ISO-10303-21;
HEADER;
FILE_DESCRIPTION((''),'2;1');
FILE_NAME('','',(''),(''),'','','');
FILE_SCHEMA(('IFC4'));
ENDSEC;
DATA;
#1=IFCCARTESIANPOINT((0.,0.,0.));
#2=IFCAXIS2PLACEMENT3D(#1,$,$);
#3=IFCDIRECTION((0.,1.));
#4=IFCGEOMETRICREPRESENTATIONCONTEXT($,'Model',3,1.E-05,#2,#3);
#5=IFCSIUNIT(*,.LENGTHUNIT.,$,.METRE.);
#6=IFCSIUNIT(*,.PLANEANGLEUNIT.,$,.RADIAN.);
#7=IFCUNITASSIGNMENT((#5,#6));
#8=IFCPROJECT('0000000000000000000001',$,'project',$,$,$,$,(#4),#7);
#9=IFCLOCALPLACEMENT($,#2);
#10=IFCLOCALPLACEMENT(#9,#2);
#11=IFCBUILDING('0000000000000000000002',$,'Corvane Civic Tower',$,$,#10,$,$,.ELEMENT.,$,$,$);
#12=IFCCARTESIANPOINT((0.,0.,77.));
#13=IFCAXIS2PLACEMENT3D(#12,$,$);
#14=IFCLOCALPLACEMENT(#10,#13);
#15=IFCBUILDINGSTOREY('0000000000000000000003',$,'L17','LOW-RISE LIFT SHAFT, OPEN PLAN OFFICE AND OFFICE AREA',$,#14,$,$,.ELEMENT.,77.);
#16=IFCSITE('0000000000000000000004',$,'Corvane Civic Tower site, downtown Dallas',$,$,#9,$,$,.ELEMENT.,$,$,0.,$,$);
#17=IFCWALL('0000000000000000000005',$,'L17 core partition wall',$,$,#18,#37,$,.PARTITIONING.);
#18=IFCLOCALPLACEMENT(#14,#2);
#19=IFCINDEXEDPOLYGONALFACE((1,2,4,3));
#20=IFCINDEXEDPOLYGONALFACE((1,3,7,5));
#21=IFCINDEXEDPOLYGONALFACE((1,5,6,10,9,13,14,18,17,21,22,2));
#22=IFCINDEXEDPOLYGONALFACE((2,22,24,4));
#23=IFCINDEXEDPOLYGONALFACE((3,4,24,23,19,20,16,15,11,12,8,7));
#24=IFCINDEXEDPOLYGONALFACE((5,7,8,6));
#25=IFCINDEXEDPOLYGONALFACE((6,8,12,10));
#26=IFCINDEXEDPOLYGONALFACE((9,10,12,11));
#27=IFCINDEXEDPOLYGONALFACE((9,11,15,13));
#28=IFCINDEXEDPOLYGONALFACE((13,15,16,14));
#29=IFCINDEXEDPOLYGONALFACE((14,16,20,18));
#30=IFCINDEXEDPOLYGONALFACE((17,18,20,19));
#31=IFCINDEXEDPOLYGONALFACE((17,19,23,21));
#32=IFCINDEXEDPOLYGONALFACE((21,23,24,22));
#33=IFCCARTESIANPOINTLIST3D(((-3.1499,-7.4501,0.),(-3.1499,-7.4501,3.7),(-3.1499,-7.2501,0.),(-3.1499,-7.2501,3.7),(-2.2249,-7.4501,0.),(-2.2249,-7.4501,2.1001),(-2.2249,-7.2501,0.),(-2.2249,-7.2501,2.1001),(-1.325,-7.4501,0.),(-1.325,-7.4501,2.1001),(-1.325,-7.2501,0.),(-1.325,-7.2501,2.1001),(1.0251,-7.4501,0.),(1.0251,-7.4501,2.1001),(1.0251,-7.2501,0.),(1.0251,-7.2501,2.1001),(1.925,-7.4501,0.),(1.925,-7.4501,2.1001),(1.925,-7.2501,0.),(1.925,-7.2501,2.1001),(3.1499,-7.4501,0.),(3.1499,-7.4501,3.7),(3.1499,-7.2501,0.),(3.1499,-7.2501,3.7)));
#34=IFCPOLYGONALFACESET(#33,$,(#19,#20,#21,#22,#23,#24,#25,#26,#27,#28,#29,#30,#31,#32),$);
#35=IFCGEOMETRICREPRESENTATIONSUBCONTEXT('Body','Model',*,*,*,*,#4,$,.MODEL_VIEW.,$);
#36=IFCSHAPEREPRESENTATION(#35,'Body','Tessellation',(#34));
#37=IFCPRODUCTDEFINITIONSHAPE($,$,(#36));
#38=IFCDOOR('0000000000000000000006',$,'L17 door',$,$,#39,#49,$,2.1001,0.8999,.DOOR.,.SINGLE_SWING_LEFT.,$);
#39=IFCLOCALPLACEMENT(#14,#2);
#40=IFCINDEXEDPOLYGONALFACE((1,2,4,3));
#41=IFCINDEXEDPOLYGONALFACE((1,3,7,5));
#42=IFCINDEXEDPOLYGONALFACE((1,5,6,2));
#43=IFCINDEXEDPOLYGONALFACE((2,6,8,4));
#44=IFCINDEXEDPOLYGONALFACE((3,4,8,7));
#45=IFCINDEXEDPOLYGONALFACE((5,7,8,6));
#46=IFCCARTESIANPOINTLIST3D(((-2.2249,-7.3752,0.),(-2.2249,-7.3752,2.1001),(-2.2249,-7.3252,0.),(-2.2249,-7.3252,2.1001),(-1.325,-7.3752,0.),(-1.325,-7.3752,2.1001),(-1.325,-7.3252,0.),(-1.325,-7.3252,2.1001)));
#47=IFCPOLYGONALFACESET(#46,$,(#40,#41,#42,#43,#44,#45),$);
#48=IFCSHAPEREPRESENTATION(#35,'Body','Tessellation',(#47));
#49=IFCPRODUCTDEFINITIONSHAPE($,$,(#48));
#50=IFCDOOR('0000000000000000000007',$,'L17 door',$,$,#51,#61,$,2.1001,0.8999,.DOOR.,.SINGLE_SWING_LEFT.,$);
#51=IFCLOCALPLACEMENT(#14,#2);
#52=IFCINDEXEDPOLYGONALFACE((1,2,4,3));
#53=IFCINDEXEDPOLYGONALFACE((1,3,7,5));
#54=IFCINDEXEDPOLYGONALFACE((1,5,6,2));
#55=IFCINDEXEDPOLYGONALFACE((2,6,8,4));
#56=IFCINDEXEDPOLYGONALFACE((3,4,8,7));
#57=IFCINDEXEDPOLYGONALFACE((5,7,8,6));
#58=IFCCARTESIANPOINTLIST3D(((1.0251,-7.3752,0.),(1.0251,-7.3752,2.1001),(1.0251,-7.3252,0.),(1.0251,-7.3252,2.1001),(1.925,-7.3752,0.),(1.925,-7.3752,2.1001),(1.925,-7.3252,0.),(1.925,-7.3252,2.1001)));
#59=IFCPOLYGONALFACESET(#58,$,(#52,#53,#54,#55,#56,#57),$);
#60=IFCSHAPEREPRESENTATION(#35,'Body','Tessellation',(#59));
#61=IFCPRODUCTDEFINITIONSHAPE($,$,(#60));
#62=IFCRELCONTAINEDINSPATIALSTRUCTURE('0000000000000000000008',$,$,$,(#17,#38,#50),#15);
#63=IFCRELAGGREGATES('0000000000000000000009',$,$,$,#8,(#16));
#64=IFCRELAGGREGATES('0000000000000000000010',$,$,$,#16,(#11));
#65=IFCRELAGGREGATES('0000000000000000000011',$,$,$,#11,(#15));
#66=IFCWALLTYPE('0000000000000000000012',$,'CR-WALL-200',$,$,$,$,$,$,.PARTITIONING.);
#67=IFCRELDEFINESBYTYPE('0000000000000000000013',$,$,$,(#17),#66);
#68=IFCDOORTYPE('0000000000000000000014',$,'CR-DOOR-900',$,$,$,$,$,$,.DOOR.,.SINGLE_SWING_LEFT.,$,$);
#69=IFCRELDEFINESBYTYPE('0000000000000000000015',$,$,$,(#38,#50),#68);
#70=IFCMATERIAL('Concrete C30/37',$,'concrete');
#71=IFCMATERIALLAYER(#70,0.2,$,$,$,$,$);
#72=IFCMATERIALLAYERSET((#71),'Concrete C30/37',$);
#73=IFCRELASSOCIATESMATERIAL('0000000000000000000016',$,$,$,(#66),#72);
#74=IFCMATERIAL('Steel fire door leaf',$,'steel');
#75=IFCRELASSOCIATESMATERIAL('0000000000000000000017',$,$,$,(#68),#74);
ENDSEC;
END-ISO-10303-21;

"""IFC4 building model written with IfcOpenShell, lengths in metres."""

from ifc_helpers import new_model, si_unit, direction, frame, frame_2d, origin, place, context, subcontext, project, spatial, rectangle, extrude, material, layer, layer_set, type_object, element, fill, save


model = new_model("IFC4")

# Units and contexts
model_context = context("Model", 3, precision=1e-05, world=origin(), true_north=direction((0.0, 1.0)))
body_context = subcontext(model_context, "Body", "Model", "MODEL_VIEW")
ifc_project = project(units=[si_unit("LENGTHUNIT", "METRE"), si_unit("PLANEANGLEUNIT", "RADIAN")], contexts=[model_context])

# Site, building, storey
site_placement = place(None, origin())
site = spatial("IfcSite", under=ifc_project, at=site_placement, Name="Corvane Civic Tower site, downtown Dallas", CompositionType="ELEMENT", RefElevation=0.0)
building_placement = place(site_placement, origin())
building = spatial("IfcBuilding", under=site, at=building_placement, Name="Corvane Civic Tower", CompositionType="ELEMENT")
storey_placement = place(building_placement, frame((0.0, 0.0, 77.0)))
storey = spatial("IfcBuildingStorey", under=building, at=storey_placement, Name="L17", Description="LOW-RISE LIFT SHAFT, OPEN PLAN OFFICE AND OFFICE AREA", CompositionType="ELEMENT", Elevation=77.0)

# Wall, openings, doors
ifc_material_1 = material(Name="Concrete C30/37", Category="concrete")
ifc_layer_1 = layer(ifc_material_1, 0.2)
ifc_layer_set_1 = layer_set([ifc_layer_1], Name="Concrete C30/37")
wall_type_1 = type_object("IfcWallType", Name="CR-WALL-200", PredefinedType="PARTITIONING", material=ifc_layer_set_1)
ifc_material_2 = material(Name="Steel fire door leaf", Category="steel")
door_type_1 = type_object("IfcDoorType", Name="CR-DOOR-900", OperationType="SINGLE_SWING_LEFT", PredefinedType="DOOR", material=ifc_material_2)
wall_1_placement = place(storey_placement, frame((-3.1499, -7.3501, 0.0), z_axis=(0.0, 0.0, 1.0), x_axis=(1.0, 0.0, 0.0)))
wall_1 = element("IfcWall", 1, at=wall_1_placement, inside=storey, type_object=wall_type_1, Name="L17 core partition wall", PredefinedType="PARTITIONING", context=body_context, shape_type="SweptSolid", body=[
    extrude(rectangle(XDim=6.2998, YDim=0.2, at=frame_2d((3.1499, 0.0))), origin(), (0.0, 0.0, 1.0), 3.7),
])
opening_1_placement = place(wall_1_placement, frame((0.925, 0.0, 0.0)))
opening_1 = element("IfcOpeningElement", 2, at=opening_1_placement, cuts=wall_1, PredefinedType="OPENING", context=body_context, shape_type="SweptSolid", body=[
    extrude(rectangle(XDim=0.8999, YDim=2.1001, at=frame_2d((0.45, 1.05))), frame((0.0, 0.1099, 0.0), z_axis=(0.0, -1.0, 0.0), x_axis=(1.0, 0.0, 0.0)), (0.0, 0.0, 1.0), 0.22),
])
opening_2_placement = place(wall_1_placement, frame((4.175, 0.0, 0.0)))
opening_2 = element("IfcOpeningElement", 3, at=opening_2_placement, cuts=wall_1, PredefinedType="OPENING", context=body_context, shape_type="SweptSolid", body=[
    extrude(rectangle(XDim=0.8999, YDim=2.1001, at=frame_2d((0.45, 1.05))), frame((0.0, 0.1099, 0.0), z_axis=(0.0, -1.0, 0.0), x_axis=(1.0, 0.0, 0.0)), (0.0, 0.0, 1.0), 0.22),
])
door_1_placement = place(opening_1_placement, origin())
door_1 = element("IfcDoor", 4, at=door_1_placement, inside=storey, type_object=door_type_1, Name="L17 door", OperationType="SINGLE_SWING_LEFT", OverallHeight=2.1001, OverallWidth=0.8999, PredefinedType="DOOR", context=body_context, shape_type="SweptSolid", body=[
    extrude(rectangle(XDim=0.8999, YDim=2.1001, at=frame_2d((0.45, 1.05))), frame((0.0, 0.0249, 0.0), z_axis=(0.0, -1.0, 0.0), x_axis=(1.0, 0.0, 0.0)), (0.0, 0.0, 1.0), 0.05),
])
fill(opening_1, door_1)
door_2_placement = place(opening_2_placement, origin())
door_2 = element("IfcDoor", 5, at=door_2_placement, inside=storey, type_object=door_type_1, Name="L17 door", OperationType="SINGLE_SWING_LEFT", OverallHeight=2.1001, OverallWidth=0.8999, PredefinedType="DOOR", context=body_context, shape_type="SweptSolid", body=[
    extrude(rectangle(XDim=0.8999, YDim=2.1001, at=frame_2d((0.45, 1.05))), frame((0.0, 0.0249, 0.0), z_axis=(0.0, -1.0, 0.0), x_axis=(1.0, 0.0, 0.0)), (0.0, 0.0, 1.0), 0.05),
])
fill(opening_2, door_2)

save(model, "model.ifc")
